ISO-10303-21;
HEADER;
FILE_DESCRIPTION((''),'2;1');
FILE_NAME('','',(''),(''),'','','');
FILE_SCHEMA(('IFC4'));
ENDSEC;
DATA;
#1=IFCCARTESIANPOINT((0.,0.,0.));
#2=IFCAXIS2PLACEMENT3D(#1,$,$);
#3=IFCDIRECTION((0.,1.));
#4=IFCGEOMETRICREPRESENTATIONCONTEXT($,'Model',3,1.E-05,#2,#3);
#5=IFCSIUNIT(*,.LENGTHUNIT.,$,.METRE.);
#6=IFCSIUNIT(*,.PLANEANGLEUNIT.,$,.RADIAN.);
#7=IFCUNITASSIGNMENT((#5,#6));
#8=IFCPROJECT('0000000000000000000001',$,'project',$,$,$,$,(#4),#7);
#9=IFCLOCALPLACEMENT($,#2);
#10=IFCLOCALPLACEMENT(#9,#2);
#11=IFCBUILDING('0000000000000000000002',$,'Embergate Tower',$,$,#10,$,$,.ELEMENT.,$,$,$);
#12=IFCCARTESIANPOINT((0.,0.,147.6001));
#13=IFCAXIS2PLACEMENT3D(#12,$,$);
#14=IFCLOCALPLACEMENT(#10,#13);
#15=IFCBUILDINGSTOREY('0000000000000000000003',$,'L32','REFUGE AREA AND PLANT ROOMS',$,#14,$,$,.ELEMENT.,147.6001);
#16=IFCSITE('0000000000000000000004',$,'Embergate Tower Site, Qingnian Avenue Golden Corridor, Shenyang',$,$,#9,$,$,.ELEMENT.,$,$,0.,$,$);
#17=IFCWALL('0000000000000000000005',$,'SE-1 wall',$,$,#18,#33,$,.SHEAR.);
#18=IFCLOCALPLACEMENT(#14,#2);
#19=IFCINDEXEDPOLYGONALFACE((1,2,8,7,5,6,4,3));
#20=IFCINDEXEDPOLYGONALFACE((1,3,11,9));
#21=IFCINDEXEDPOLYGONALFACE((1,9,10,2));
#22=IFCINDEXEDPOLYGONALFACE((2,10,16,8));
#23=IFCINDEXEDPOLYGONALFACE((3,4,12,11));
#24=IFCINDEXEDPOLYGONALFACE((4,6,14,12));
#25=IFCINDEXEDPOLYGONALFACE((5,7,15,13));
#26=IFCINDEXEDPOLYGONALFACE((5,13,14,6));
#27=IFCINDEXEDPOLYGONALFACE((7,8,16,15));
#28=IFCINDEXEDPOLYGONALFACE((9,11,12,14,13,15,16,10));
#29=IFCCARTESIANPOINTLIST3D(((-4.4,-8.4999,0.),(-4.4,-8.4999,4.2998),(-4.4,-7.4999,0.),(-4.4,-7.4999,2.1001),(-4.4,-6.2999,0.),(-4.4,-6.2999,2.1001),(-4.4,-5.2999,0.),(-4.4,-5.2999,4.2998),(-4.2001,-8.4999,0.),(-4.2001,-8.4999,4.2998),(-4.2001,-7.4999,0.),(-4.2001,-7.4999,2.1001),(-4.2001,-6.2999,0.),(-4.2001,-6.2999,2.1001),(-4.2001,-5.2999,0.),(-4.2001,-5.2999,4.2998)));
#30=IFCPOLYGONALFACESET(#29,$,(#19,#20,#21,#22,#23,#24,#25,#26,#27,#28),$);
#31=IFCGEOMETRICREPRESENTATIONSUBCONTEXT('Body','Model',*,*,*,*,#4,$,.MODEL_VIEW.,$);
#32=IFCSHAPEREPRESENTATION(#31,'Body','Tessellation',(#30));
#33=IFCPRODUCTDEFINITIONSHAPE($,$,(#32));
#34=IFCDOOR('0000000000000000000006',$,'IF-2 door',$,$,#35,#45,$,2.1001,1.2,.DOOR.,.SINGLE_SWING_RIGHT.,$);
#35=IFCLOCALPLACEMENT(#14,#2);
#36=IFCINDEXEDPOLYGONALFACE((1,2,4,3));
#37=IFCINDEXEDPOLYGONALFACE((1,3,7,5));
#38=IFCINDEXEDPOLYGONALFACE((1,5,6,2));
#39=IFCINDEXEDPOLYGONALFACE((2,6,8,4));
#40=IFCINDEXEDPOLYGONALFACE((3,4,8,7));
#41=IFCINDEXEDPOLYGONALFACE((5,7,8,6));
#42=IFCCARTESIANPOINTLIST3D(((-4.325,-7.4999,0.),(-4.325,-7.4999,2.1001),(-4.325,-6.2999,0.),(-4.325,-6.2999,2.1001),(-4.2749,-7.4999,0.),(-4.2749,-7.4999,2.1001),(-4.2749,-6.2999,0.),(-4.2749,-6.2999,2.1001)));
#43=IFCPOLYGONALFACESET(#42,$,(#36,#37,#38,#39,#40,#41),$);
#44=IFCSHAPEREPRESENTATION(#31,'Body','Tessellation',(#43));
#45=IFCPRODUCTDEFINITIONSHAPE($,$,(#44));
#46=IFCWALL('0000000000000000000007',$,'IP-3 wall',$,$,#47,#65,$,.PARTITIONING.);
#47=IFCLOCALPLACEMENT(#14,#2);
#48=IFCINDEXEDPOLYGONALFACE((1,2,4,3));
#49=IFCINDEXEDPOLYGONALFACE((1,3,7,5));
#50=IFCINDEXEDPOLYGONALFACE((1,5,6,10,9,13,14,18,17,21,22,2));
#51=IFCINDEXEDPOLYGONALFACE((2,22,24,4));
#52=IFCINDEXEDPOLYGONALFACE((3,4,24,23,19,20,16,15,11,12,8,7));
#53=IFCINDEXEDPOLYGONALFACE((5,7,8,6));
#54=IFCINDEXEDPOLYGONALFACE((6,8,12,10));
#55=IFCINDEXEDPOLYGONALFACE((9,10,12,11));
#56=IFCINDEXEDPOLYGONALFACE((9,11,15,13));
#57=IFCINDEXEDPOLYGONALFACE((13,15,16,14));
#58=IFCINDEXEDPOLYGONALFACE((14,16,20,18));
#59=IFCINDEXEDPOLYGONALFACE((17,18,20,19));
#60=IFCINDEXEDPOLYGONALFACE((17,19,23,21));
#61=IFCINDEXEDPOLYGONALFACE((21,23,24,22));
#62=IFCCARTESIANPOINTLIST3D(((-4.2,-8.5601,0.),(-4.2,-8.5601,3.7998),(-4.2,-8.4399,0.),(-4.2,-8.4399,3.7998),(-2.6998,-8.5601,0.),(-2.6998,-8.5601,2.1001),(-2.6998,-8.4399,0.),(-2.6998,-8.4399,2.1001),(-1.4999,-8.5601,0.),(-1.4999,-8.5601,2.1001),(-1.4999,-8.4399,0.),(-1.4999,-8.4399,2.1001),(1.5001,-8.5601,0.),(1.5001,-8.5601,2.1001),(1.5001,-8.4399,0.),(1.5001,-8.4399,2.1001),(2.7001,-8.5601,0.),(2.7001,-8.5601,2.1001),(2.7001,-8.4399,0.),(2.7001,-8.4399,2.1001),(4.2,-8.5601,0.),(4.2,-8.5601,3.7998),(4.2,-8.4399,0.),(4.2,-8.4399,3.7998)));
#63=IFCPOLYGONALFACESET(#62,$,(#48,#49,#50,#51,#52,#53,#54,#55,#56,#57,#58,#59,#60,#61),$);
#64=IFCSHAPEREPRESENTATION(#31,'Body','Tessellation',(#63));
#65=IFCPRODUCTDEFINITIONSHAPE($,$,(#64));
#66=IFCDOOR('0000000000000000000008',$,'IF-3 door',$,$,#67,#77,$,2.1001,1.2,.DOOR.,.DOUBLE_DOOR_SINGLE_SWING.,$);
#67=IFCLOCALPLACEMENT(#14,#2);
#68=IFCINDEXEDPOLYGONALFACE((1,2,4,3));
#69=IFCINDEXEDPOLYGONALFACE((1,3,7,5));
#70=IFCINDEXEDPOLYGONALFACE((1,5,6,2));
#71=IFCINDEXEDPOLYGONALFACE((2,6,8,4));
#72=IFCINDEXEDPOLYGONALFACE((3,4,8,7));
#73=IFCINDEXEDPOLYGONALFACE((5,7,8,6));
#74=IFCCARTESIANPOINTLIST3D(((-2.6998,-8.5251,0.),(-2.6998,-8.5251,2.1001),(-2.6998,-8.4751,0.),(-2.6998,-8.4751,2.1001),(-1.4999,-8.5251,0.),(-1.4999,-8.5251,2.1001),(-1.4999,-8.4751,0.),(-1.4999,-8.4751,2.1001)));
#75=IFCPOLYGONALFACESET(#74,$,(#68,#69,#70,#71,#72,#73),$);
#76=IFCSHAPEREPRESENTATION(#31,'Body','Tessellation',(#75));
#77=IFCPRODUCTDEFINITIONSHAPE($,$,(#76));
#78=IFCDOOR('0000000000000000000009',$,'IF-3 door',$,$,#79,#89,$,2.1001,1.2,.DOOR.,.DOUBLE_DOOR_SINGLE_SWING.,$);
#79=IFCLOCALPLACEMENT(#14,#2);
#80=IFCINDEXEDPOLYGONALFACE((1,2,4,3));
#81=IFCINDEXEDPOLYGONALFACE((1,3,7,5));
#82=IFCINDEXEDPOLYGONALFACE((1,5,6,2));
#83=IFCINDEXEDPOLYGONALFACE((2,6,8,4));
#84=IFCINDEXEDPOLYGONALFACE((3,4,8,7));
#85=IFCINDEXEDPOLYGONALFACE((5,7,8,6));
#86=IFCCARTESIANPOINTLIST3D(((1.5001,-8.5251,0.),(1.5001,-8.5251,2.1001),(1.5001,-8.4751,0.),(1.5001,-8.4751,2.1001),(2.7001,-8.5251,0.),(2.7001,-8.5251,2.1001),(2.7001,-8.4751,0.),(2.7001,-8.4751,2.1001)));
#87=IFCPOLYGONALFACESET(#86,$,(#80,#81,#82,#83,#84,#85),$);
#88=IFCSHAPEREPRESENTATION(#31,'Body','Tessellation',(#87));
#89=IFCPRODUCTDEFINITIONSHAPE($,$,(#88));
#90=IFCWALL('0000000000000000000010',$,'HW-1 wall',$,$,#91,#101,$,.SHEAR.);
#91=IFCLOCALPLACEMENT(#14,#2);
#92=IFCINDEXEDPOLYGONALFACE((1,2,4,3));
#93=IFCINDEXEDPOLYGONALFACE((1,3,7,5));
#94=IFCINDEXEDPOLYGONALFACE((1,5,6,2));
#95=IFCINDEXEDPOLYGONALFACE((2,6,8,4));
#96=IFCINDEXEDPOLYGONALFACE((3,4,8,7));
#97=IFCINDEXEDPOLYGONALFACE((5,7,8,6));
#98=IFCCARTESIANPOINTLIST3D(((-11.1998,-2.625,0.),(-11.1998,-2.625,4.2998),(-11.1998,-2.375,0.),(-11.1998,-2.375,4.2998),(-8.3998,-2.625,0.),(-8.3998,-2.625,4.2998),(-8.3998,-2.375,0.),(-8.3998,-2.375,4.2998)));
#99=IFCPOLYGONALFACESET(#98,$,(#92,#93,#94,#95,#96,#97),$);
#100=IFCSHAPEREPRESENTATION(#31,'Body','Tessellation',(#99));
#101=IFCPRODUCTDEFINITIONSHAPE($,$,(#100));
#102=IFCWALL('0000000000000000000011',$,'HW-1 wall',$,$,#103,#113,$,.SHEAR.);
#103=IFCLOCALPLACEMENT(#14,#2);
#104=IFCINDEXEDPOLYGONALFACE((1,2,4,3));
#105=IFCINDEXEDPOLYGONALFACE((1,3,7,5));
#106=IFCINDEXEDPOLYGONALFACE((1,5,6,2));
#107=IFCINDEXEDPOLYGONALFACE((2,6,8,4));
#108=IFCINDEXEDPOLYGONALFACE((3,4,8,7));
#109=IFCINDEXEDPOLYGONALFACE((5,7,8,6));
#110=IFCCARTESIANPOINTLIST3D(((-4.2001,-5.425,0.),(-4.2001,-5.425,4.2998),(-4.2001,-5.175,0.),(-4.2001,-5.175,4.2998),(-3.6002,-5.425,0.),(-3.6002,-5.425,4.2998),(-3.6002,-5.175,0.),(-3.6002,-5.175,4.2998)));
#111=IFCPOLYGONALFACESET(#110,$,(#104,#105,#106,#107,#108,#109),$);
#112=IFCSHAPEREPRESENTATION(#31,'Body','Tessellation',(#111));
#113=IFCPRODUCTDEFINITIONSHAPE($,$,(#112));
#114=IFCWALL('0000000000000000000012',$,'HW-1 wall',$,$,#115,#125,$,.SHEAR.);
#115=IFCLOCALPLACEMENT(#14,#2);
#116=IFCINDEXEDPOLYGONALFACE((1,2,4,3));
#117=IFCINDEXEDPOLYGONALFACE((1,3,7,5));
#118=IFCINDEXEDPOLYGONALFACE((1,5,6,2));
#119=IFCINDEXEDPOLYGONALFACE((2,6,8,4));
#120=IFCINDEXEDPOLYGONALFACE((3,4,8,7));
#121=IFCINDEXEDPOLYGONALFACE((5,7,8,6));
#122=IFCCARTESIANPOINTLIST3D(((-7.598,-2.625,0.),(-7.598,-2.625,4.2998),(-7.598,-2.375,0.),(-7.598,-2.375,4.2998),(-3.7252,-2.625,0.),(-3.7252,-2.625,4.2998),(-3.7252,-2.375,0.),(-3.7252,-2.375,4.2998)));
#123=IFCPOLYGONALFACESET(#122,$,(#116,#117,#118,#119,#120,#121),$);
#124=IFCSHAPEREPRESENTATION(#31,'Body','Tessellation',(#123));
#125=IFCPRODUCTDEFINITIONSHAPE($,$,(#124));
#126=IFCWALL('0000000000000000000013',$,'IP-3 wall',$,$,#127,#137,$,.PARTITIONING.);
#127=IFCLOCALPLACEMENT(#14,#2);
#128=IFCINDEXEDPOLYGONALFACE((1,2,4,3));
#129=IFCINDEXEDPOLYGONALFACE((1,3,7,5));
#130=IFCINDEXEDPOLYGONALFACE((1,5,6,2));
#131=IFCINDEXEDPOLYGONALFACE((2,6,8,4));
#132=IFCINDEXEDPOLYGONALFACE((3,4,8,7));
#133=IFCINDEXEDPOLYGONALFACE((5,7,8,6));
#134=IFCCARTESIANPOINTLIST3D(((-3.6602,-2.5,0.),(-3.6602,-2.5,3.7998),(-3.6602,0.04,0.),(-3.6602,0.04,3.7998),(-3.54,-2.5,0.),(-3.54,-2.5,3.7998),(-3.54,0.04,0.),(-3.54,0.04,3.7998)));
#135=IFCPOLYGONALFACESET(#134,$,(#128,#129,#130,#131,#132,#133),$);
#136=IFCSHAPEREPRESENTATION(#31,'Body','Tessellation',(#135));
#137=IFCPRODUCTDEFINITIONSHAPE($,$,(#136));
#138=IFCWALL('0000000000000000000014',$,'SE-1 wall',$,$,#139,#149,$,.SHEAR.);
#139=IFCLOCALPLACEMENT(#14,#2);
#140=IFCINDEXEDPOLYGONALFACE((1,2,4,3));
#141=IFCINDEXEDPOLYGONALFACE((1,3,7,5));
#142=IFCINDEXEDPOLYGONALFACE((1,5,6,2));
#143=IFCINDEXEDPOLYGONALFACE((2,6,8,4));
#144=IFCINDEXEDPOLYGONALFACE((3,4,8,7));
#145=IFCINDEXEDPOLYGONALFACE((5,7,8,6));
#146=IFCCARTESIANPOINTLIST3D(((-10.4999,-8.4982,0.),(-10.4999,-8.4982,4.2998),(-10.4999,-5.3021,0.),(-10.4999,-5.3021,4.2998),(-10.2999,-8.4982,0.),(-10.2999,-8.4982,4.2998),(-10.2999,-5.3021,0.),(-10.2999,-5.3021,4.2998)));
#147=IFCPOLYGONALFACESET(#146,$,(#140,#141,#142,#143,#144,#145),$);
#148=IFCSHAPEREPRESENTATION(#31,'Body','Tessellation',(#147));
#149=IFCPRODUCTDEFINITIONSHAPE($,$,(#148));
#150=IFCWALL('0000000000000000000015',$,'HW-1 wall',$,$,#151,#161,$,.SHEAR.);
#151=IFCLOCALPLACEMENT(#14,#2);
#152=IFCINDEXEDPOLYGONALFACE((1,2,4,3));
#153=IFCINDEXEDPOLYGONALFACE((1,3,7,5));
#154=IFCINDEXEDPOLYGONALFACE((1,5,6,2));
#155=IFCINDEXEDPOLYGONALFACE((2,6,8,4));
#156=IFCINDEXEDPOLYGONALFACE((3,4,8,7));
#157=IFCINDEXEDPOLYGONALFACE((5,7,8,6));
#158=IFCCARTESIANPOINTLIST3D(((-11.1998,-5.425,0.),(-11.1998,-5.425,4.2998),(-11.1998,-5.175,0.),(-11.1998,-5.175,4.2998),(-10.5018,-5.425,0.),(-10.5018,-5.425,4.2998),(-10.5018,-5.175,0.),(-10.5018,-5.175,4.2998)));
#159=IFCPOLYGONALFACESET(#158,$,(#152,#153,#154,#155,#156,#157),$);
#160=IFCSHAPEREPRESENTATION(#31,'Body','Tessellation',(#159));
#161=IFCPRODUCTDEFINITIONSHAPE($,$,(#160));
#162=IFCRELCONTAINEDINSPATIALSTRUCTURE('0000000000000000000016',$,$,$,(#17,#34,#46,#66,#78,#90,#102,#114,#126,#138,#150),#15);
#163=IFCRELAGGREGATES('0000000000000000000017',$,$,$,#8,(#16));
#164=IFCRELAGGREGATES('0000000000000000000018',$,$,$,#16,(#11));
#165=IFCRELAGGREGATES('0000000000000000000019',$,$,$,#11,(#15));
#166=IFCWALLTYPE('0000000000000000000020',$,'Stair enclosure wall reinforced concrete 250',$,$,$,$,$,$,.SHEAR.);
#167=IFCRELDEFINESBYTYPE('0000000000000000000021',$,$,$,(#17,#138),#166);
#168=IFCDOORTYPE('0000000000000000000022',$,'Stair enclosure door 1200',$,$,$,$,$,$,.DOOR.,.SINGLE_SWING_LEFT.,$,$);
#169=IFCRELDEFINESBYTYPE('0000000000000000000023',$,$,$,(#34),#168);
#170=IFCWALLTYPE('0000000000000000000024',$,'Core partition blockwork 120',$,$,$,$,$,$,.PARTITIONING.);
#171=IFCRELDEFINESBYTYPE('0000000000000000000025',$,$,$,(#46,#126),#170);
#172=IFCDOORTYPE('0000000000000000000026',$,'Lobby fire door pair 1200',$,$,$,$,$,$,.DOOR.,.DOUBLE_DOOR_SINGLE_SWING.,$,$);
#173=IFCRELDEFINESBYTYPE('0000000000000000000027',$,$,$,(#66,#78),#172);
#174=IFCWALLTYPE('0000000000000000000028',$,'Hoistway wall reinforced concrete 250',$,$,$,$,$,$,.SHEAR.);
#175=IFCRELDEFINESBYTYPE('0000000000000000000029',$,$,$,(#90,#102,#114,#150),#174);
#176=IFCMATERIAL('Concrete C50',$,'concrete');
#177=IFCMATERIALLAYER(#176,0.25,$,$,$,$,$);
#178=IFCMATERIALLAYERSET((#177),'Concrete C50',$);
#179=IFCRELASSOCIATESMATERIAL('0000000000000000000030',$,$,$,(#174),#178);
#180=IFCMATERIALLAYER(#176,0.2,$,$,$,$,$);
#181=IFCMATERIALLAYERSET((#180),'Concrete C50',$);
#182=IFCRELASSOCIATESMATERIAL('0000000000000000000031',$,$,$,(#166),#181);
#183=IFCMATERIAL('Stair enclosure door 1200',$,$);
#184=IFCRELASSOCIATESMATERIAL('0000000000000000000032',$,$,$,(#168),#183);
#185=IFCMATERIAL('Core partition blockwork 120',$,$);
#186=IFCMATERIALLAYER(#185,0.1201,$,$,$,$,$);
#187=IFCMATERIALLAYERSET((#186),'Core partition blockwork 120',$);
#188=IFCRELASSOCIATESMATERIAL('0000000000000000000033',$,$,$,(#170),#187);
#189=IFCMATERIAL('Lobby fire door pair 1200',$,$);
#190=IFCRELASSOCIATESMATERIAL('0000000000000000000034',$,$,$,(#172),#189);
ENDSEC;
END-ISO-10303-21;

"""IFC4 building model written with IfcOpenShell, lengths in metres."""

from ifc_helpers import new_model, si_unit, direction, frame, frame_2d, origin, place, context, subcontext, project, spatial, rectangle, extrude, source, transform, mapped, material, layer, layer_set, type_object, element, fill, save


model = new_model("IFC4")

# Units and contexts
model_context = context("Model", 3, precision=1e-05, world=origin(), true_north=direction((0.0, 1.0)))
body_context = subcontext(model_context, "Body", "Model", "MODEL_VIEW")
ifc_project = project(units=[si_unit("LENGTHUNIT", "METRE"), si_unit("PLANEANGLEUNIT", "RADIAN")], contexts=[model_context])

# Site, building, storey
site_placement = place(None, origin())
site = spatial("IfcSite", under=ifc_project, at=site_placement, Name="Embergate Tower Site, Qingnian Avenue Golden Corridor, Shenyang", CompositionType="ELEMENT", RefElevation=0.0)
building_placement = place(site_placement, origin())
building = spatial("IfcBuilding", under=site, at=building_placement, Name="Embergate Tower", CompositionType="ELEMENT")
storey_placement = place(building_placement, frame((0.0, 0.0, 147.6001)))
storey = spatial("IfcBuildingStorey", under=building, at=storey_placement, Name="L32", Description="REFUGE AREA AND PLANT ROOMS", CompositionType="ELEMENT", Elevation=147.6001)

# Shared definitions
ifc_material_1 = material(Name="Concrete C50", Category="concrete")
ifc_layer_1 = layer(ifc_material_1, 0.25)
ifc_layer_set_1 = layer_set([ifc_layer_1], Name="Concrete C50")
wall_type_1 = type_object("IfcWallType", Name="Hoistway wall reinforced concrete 250", PredefinedType="SHEAR", material=ifc_layer_set_1)
ifc_layer_2 = layer(ifc_material_1, 0.2)
ifc_layer_set_2 = layer_set([ifc_layer_2], Name="Concrete C50")
wall_type_2 = type_object("IfcWallType", Name="Stair enclosure wall reinforced concrete 250", PredefinedType="SHEAR", material=ifc_layer_set_2)

# Wall, opening, door
shared_shape_1 = source(origin(), body_context, "Body", "SweptSolid", [
    extrude(rectangle(XDim=3.2, YDim=0.2, at=frame_2d((1.6001, 0.0))), origin(), (0.0, 0.0, 1.0), 4.2998),
])
wall_1_placement = place(storey_placement, frame((-4.3, -8.5, 0.0), z_axis=(0.0, 0.0, 1.0), x_axis=(0.0, 1.0, 0.0)))
wall_1 = element("IfcWall", 1, at=wall_1_placement, inside=storey, type_object=wall_type_2, Name="SE-1 wall", PredefinedType="SHEAR", context=body_context, shape_type="MappedRepresentation", body=[
    mapped(shared_shape_1, transform((0.0, 0.0, 0.0))),
])
shared_shape_2 = source(origin(), body_context, "Body", "SweptSolid", [
    extrude(rectangle(XDim=1.2, YDim=2.1001, at=frame_2d((0.6001, 1.05))), frame((0.0, 0.1099, 0.0), z_axis=(0.0, -1.0, 0.0), x_axis=(1.0, 0.0, 0.0)), (0.0, 0.0, 1.0), 0.22),
])
opening_1_placement = place(wall_1_placement, frame((1.0, 0.0, 0.0)))
opening_1 = element("IfcOpeningElement", 2, at=opening_1_placement, cuts=wall_1, PredefinedType="OPENING", context=body_context, shape_type="MappedRepresentation", body=[
    mapped(shared_shape_2, transform((0.0, 0.0, 0.0))),
])
ifc_material_2 = material(Name="Stair enclosure door 1200")
door_type_1 = type_object("IfcDoorType", Name="Stair enclosure door 1200", OperationType="SINGLE_SWING_LEFT", PredefinedType="DOOR", material=ifc_material_2)
shared_shape_3 = source(origin(), body_context, "Body", "SweptSolid", [
    extrude(rectangle(XDim=1.2, YDim=2.1001, at=frame_2d((0.6001, 1.05))), frame((0.0, 0.0249, 0.0), z_axis=(0.0, -1.0, 0.0), x_axis=(1.0, 0.0, 0.0)), (0.0, 0.0, 1.0), 0.05),
])
door_1_placement = place(opening_1_placement, origin())
door_1 = element("IfcDoor", 3, at=door_1_placement, inside=storey, type_object=door_type_1, Name="IF-2 door", OperationType="SINGLE_SWING_RIGHT", OverallHeight=2.1001, OverallWidth=1.2, PredefinedType="DOOR", context=body_context, shape_type="MappedRepresentation", body=[
    mapped(shared_shape_3, transform((0.0, 0.0, 0.0))),
])
fill(opening_1, door_1)

# Wall, openings, doors
ifc_material_3 = material(Name="Core partition blockwork 120")
ifc_layer_3 = layer(ifc_material_3, 0.1201)
ifc_layer_set_3 = layer_set([ifc_layer_3], Name="Core partition blockwork 120")
wall_type_3 = type_object("IfcWallType", Name="Core partition blockwork 120", PredefinedType="PARTITIONING", material=ifc_layer_set_3)
shared_shape_4 = source(origin(), body_context, "Body", "SweptSolid", [
    extrude(rectangle(XDim=8.3999, YDim=0.1201, at=frame_2d((4.2, 0.0))), origin(), (0.0, 0.0, 1.0), 3.7998),
])
wall_2_placement = place(storey_placement, frame((-4.2, -8.5, 0.0), z_axis=(0.0, 0.0, 1.0), x_axis=(1.0, 0.0, 0.0)))
wall_2 = element("IfcWall", 4, at=wall_2_placement, inside=storey, type_object=wall_type_3, Name="IP-3 wall", PredefinedType="PARTITIONING", context=body_context, shape_type="MappedRepresentation", body=[
    mapped(shared_shape_4, transform((0.0, 0.0, 0.0))),
])
shared_shape_5 = source(origin(), body_context, "Body", "SweptSolid", [
    extrude(rectangle(XDim=1.2, YDim=2.1001, at=frame_2d((0.6001, 1.05))), frame((0.0, 0.0701, 0.0), z_axis=(0.0, -1.0, 0.0), x_axis=(1.0, 0.0, 0.0)), (0.0, 0.0, 1.0), 0.1401),
])
opening_2_placement = place(wall_2_placement, frame((1.5, 0.0, 0.0)))
opening_2 = element("IfcOpeningElement", 5, at=opening_2_placement, cuts=wall_2, PredefinedType="OPENING", context=body_context, shape_type="MappedRepresentation", body=[
    mapped(shared_shape_5, transform((0.0, 0.0, 0.0))),
])
opening_3_placement = place(wall_2_placement, frame((5.7, 0.0, 0.0)))
opening_3 = element("IfcOpeningElement", 6, at=opening_3_placement, cuts=wall_2, PredefinedType="OPENING", context=body_context, shape_type="MappedRepresentation", body=[
    mapped(shared_shape_5, transform((0.0, 0.0, 0.0))),
])
ifc_material_4 = material(Name="Lobby fire door pair 1200")
door_type_2 = type_object("IfcDoorType", Name="Lobby fire door pair 1200", OperationType="DOUBLE_DOOR_SINGLE_SWING", PredefinedType="DOOR", material=ifc_material_4)
door_2_placement = place(opening_2_placement, origin())
door_2 = element("IfcDoor", 7, at=door_2_placement, inside=storey, type_object=door_type_2, Name="IF-3 door", OperationType="DOUBLE_DOOR_SINGLE_SWING", OverallHeight=2.1001, OverallWidth=1.2, PredefinedType="DOOR", context=body_context, shape_type="MappedRepresentation", body=[
    mapped(shared_shape_3, transform((0.0, 0.0, 0.0))),
])
fill(opening_2, door_2)
door_3_placement = place(opening_3_placement, origin())
door_3 = element("IfcDoor", 8, at=door_3_placement, inside=storey, type_object=door_type_2, Name="IF-3 door", OperationType="DOUBLE_DOOR_SINGLE_SWING", OverallHeight=2.1001, OverallWidth=1.2, PredefinedType="DOOR", context=body_context, shape_type="MappedRepresentation", body=[
    mapped(shared_shape_3, transform((0.0, 0.0, 0.0))),
])
fill(opening_3, door_3)

# Walls
shared_shape_6 = source(origin(), body_context, "Body", "SweptSolid", [
    extrude(rectangle(XDim=2.8, YDim=0.25, at=frame_2d((1.3999, 0.0))), origin(), (0.0, 0.0, 1.0), 4.2998),
])
wall_3_placement = place(storey_placement, frame((-8.3999, -2.5, 0.0), z_axis=(0.0, 0.0, 1.0), x_axis=(-1.0, 0.0, 0.0)))
element("IfcWall", 9, at=wall_3_placement, inside=storey, type_object=wall_type_1, Name="HW-1 wall", PredefinedType="SHEAR", context=body_context, shape_type="MappedRepresentation", body=[
    mapped(shared_shape_6, transform((0.0, 0.0, 0.0))),
])
shared_shape_7 = source(origin(), body_context, "Body", "SweptSolid", [
    extrude(rectangle(XDim=0.5999, YDim=0.25, at=frame_2d((0.2998, 0.0))), origin(), (0.0, 0.0, 1.0), 4.2998),
])
wall_4_placement = place(storey_placement, frame((-4.2, -5.3, 0.0), z_axis=(0.0, 0.0, 1.0), x_axis=(1.0, 0.0, 0.0)))
element("IfcWall", 10, at=wall_4_placement, inside=storey, type_object=wall_type_1, Name="HW-1 wall", PredefinedType="SHEAR", context=body_context, shape_type="MappedRepresentation", body=[
    mapped(shared_shape_7, transform((0.0, 0.0, 0.0))),
])
shared_shape_8 = source(origin(), body_context, "Body", "SweptSolid", [
    extrude(rectangle(XDim=3.8728, YDim=0.25, at=frame_2d((1.9365, 0.0))), origin(), (0.0, 0.0, 1.0), 4.2998),
])
wall_5_placement = place(storey_placement, frame((-3.7251, -2.5, 0.0), z_axis=(0.0, 0.0, 1.0), x_axis=(-1.0, 0.0, 0.0)))
element("IfcWall", 11, at=wall_5_placement, inside=storey, type_object=wall_type_1, Name="HW-1 wall", PredefinedType="SHEAR", context=body_context, shape_type="MappedRepresentation", body=[
    mapped(shared_shape_8, transform((0.0, 0.0, 0.0))),
])
shared_shape_9 = source(origin(), body_context, "Body", "SweptSolid", [
    extrude(rectangle(XDim=2.54, YDim=0.1201, at=frame_2d((1.27, 0.0))), origin(), (0.0, 0.0, 1.0), 3.7998),
])
wall_6_placement = place(storey_placement, frame((-3.6001, -2.5, 0.0), z_axis=(0.0, 0.0, 1.0), x_axis=(0.0, 1.0, 0.0)))
element("IfcWall", 12, at=wall_6_placement, inside=storey, type_object=wall_type_3, Name="IP-3 wall", PredefinedType="PARTITIONING", context=body_context, shape_type="MappedRepresentation", body=[
    mapped(shared_shape_9, transform((0.0, 0.0, 0.0))),
])
shared_shape_10 = source(origin(), body_context, "Body", "SweptSolid", [
    extrude(rectangle(XDim=3.196, YDim=0.2, at=frame_2d((1.5981, 0.0))), origin(), (0.0, 0.0, 1.0), 4.2998),
])
wall_7_placement = place(storey_placement, frame((-10.3999, -5.302, 0.0), z_axis=(0.0, 0.0, 1.0), x_axis=(0.0, -1.0, 0.0)))
element("IfcWall", 13, at=wall_7_placement, inside=storey, type_object=wall_type_2, Name="SE-1 wall", PredefinedType="SHEAR", context=body_context, shape_type="MappedRepresentation", body=[
    mapped(shared_shape_10, transform((0.0, 0.0, 0.0))),
])
shared_shape_11 = source(origin(), body_context, "Body", "SweptSolid", [
    extrude(rectangle(XDim=0.698, YDim=0.25, at=frame_2d((0.3491, 0.0))), origin(), (0.0, 0.0, 1.0), 4.2998),
])
wall_8_placement = place(storey_placement, frame((-11.2, -5.3, 0.0), z_axis=(0.0, 0.0, 1.0), x_axis=(1.0, 0.0, 0.0)))
element("IfcWall", 14, at=wall_8_placement, inside=storey, type_object=wall_type_1, Name="HW-1 wall", PredefinedType="SHEAR", context=body_context, shape_type="MappedRepresentation", body=[
    mapped(shared_shape_11, transform((0.0, 0.0, 0.0))),
])

save(model, "model.ifc")
